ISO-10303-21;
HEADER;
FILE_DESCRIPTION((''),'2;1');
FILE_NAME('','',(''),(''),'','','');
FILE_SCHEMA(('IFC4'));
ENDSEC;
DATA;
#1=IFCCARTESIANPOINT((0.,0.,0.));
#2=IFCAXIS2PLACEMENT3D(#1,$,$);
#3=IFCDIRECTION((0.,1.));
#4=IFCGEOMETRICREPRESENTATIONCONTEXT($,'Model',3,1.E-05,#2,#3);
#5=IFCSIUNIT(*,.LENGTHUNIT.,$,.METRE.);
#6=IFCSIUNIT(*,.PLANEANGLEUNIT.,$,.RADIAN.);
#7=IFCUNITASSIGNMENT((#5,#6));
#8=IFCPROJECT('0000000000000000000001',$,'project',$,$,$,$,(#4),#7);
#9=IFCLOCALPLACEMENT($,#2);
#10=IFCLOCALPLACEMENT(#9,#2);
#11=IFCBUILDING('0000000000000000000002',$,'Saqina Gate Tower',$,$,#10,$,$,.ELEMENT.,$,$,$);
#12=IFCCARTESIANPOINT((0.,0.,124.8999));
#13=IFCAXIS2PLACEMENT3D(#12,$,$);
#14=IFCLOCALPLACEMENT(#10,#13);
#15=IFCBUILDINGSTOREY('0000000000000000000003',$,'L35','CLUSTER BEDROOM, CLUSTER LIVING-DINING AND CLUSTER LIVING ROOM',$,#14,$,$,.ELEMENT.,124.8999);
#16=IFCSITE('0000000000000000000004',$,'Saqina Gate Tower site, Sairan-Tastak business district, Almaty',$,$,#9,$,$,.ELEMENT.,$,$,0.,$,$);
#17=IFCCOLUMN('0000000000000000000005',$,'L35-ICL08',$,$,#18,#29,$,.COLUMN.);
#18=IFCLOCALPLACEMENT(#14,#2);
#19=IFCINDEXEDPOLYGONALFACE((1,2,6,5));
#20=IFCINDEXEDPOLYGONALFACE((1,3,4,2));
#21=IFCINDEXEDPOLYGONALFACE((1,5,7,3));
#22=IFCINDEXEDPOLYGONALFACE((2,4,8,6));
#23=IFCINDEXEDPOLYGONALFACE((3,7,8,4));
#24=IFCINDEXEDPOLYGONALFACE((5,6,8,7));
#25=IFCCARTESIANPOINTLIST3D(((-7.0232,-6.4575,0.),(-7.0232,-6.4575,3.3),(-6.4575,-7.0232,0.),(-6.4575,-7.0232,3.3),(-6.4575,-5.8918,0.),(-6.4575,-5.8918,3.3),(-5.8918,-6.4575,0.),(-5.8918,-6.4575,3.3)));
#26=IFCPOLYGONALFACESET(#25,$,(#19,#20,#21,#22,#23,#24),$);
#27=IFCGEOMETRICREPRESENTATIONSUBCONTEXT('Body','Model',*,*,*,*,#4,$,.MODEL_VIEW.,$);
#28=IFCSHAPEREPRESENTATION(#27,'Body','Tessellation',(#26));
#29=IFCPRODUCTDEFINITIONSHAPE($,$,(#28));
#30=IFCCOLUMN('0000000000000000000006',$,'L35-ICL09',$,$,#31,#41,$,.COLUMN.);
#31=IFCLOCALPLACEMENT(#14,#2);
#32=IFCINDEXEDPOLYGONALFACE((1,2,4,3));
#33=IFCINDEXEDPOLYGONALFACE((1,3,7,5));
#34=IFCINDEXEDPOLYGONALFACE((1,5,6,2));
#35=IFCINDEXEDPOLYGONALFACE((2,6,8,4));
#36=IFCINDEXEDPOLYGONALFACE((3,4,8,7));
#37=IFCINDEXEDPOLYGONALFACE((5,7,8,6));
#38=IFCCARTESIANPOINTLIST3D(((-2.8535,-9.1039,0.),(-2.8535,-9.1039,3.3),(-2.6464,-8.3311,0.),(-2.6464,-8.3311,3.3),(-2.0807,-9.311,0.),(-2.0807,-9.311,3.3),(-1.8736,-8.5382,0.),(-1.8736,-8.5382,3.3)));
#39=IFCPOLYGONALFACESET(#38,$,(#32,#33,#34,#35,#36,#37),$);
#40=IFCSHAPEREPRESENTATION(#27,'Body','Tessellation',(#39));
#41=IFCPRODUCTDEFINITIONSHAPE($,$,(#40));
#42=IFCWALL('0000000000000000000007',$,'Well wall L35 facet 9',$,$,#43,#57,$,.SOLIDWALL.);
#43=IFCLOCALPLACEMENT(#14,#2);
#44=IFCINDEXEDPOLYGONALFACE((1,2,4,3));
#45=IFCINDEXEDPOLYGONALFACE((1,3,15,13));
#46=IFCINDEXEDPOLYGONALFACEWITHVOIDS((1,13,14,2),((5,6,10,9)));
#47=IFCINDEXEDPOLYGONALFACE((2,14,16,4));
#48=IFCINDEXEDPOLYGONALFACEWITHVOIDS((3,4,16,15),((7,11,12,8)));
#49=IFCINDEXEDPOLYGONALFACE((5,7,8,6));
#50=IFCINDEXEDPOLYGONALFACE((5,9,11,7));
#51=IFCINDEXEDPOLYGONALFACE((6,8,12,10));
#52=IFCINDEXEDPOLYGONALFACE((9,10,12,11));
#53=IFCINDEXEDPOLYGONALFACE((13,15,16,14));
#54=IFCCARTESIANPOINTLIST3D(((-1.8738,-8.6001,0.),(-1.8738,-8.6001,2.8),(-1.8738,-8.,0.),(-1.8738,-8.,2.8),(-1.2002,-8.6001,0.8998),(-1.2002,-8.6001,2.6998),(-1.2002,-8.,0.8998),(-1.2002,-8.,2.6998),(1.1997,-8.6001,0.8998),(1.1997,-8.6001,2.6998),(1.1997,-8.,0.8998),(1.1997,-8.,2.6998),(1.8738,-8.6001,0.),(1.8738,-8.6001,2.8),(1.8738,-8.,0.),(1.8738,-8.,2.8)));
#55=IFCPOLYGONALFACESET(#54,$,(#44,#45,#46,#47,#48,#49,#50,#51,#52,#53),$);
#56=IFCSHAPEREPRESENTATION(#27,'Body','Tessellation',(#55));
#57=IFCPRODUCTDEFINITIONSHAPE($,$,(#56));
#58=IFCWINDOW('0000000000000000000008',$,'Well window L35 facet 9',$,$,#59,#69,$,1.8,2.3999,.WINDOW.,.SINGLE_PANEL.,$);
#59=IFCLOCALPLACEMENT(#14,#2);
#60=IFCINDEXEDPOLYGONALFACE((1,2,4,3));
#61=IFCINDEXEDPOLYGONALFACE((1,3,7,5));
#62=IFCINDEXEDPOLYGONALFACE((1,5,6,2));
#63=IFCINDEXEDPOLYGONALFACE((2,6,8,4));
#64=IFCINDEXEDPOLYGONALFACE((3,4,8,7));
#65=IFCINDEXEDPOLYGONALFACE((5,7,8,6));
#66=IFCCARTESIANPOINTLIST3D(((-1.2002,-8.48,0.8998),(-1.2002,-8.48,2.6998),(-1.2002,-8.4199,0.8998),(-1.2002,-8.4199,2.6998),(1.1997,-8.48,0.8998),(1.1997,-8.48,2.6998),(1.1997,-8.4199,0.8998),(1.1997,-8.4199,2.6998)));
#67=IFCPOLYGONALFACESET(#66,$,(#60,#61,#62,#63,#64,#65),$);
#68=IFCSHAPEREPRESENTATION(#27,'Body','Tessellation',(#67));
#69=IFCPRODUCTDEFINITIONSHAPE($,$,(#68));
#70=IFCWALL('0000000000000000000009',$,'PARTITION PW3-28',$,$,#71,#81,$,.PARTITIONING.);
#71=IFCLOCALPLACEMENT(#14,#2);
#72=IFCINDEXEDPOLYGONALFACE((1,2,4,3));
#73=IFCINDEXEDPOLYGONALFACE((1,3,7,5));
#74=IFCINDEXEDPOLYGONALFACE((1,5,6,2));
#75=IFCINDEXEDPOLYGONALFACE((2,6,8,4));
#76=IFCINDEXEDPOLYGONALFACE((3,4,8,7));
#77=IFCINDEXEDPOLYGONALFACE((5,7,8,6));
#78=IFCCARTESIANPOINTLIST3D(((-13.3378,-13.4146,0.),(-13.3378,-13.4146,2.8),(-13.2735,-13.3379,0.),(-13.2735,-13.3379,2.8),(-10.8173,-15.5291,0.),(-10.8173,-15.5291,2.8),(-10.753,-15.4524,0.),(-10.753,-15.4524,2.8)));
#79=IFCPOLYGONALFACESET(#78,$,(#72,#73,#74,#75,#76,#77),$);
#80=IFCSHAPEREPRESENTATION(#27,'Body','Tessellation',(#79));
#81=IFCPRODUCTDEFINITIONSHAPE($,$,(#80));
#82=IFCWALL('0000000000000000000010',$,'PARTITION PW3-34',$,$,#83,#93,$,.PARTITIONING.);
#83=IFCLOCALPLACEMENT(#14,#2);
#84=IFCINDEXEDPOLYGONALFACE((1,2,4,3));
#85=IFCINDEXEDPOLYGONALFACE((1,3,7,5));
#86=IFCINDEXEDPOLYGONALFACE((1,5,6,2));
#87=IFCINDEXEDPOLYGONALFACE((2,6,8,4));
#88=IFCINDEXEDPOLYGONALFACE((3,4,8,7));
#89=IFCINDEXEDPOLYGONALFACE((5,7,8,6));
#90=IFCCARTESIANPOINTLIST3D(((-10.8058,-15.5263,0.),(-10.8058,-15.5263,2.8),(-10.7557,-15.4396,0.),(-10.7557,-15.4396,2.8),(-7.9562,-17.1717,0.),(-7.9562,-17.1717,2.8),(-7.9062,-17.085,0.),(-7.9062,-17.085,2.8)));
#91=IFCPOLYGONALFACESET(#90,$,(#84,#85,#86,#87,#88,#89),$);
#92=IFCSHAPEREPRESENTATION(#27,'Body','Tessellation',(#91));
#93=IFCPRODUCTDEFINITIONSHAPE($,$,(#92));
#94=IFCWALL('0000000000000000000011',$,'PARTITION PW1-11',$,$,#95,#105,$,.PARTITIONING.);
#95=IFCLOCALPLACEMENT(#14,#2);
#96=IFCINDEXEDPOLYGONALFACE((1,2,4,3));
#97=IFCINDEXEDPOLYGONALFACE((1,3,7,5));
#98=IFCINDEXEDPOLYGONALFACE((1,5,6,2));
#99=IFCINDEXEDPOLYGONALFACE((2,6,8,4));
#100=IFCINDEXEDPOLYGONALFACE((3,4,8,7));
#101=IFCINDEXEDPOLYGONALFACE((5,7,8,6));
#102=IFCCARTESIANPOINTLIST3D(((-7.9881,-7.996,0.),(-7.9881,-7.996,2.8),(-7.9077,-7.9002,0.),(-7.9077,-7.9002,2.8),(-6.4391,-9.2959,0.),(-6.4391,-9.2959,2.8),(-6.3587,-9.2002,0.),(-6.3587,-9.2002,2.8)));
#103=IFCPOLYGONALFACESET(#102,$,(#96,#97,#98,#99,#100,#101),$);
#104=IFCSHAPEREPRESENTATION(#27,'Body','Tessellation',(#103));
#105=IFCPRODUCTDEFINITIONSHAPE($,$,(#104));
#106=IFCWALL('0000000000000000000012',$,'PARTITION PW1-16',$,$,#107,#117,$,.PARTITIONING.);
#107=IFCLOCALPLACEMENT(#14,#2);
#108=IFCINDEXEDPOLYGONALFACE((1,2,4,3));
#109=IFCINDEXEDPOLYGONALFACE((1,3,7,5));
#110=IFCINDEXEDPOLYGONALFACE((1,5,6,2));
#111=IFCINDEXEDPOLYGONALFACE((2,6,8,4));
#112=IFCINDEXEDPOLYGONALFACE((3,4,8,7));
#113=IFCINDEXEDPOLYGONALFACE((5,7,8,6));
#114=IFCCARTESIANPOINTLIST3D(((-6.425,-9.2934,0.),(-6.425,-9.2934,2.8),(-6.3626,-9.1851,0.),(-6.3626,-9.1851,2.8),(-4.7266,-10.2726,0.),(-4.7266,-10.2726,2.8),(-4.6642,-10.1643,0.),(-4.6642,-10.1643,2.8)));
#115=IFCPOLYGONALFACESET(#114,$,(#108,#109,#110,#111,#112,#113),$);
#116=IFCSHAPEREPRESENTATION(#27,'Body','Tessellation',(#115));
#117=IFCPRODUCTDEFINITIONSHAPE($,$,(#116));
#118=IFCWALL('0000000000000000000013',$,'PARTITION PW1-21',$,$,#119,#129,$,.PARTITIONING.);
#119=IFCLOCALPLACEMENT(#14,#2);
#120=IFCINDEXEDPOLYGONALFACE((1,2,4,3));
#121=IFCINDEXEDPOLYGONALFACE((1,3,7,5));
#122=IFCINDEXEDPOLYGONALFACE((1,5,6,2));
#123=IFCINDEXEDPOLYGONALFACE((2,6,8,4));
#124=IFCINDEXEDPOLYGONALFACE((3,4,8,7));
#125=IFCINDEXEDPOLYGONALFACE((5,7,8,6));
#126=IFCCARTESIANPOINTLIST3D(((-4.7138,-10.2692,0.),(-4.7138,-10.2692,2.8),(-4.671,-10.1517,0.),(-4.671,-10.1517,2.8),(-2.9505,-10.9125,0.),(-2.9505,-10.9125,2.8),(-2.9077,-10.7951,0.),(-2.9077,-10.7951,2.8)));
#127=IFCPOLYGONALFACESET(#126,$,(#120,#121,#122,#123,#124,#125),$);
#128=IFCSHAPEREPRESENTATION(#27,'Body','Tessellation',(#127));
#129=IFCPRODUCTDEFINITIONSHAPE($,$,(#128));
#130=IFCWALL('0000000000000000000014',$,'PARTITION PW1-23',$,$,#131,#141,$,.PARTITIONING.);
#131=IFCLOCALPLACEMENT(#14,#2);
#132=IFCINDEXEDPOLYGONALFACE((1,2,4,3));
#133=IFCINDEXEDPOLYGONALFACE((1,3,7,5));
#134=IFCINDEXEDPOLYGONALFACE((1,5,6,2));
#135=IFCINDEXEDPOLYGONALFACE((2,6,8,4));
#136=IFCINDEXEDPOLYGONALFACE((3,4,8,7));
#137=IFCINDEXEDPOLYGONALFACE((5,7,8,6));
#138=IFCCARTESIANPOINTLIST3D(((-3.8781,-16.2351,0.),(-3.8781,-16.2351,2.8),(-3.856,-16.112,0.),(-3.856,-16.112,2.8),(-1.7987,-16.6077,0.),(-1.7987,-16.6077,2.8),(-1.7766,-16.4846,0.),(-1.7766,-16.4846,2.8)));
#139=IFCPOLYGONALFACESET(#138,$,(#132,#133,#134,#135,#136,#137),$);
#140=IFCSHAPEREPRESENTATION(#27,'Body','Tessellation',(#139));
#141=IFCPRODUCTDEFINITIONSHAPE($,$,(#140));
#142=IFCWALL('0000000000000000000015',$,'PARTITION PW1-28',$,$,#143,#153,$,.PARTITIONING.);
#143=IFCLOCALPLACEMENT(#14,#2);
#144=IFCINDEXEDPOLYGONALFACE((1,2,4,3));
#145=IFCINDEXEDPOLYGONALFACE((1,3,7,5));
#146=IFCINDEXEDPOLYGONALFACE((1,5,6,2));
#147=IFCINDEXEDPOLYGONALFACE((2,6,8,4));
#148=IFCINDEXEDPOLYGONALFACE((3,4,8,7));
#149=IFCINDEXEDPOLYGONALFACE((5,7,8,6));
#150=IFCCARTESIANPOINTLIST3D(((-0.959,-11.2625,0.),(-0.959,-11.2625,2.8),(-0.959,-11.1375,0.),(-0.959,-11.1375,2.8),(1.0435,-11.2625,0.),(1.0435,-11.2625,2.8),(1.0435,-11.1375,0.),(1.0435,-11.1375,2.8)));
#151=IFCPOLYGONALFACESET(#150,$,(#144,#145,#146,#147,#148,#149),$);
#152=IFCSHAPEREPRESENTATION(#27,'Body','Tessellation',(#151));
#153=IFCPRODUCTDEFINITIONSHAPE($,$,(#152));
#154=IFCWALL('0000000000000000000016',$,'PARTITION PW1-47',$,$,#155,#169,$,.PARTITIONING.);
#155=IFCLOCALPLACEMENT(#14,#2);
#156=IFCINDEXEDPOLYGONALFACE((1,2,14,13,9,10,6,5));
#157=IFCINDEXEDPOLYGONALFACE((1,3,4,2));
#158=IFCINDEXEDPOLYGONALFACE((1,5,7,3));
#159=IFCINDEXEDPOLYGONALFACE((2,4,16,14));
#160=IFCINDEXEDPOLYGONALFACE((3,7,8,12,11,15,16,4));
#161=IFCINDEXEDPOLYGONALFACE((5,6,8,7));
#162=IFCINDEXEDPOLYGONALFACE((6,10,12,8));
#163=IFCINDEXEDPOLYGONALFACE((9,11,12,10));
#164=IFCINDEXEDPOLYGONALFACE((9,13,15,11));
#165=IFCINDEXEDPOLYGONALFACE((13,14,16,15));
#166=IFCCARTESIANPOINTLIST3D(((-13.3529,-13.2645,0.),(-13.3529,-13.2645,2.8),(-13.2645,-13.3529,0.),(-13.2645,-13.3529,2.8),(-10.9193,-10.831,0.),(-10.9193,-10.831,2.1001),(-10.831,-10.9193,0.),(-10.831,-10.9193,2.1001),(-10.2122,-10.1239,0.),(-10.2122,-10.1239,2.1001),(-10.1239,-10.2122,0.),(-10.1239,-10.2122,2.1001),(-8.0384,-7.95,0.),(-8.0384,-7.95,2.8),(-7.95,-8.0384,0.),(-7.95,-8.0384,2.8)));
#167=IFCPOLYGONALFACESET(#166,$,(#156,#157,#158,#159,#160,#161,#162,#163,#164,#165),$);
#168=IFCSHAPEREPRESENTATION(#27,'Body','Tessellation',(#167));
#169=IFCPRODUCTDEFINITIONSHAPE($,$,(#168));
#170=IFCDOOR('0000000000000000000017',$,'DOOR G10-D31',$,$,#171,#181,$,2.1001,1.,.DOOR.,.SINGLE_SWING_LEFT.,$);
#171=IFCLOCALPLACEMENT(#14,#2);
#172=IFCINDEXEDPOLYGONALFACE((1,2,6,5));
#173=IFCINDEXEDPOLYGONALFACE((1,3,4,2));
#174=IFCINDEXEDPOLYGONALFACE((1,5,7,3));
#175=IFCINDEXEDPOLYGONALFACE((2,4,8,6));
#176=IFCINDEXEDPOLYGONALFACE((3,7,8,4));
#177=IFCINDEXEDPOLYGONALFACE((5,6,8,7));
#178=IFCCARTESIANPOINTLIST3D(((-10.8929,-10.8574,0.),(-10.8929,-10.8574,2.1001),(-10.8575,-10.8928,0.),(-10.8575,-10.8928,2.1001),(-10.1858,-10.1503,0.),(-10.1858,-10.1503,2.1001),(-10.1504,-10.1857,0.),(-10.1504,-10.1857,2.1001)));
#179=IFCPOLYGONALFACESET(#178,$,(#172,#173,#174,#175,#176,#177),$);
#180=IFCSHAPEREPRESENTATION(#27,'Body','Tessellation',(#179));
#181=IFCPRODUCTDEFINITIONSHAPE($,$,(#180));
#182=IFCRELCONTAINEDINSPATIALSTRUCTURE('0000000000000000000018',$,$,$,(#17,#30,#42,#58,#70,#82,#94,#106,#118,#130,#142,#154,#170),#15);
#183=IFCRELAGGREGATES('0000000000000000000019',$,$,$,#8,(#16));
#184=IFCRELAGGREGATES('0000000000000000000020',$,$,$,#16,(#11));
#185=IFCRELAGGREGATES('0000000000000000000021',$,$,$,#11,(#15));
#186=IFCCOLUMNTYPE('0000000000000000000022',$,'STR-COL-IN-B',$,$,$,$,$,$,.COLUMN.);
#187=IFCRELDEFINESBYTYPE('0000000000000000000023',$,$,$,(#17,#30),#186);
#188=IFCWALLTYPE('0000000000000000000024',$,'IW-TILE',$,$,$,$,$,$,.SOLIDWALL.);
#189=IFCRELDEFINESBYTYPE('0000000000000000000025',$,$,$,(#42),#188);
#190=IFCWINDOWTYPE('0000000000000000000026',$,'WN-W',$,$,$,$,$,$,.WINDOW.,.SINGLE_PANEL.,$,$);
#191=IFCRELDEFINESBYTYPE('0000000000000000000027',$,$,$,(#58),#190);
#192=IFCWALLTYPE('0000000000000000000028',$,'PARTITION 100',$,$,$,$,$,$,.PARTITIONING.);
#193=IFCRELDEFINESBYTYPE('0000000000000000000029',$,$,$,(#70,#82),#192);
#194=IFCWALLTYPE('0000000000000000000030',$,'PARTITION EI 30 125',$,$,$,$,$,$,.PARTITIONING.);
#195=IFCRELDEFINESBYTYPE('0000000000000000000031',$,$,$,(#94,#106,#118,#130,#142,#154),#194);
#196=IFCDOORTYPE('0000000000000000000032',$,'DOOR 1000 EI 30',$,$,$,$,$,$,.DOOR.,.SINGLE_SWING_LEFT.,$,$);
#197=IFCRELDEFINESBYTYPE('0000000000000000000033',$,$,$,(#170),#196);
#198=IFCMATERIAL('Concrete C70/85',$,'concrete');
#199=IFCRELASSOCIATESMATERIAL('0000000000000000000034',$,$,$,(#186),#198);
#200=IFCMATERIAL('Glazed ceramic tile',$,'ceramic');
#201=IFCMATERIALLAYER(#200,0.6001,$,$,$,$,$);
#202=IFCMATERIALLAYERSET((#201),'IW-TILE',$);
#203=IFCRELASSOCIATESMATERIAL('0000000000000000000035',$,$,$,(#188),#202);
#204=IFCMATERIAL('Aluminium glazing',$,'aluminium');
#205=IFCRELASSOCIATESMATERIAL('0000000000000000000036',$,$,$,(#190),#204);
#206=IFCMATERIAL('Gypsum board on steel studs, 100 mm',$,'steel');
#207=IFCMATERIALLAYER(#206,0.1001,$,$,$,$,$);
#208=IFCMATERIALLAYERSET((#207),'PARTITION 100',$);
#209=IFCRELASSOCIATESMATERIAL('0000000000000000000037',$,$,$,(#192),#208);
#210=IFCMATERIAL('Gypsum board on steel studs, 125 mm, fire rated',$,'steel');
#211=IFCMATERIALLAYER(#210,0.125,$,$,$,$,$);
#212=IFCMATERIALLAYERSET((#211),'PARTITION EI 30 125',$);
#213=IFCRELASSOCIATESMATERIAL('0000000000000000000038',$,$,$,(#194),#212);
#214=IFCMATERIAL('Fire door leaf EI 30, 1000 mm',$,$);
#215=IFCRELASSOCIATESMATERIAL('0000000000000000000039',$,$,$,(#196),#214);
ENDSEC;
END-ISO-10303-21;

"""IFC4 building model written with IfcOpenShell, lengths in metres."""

from ifc_helpers import new_model, si_unit, direction, frame, frame_2d, origin, origin_2d, place, context, subcontext, project, spatial, rectangle, extrude, material, layer, layer_set, material_profile, profile_set, type_object, element, fill, save


model = new_model("IFC4")

# Units and contexts
model_context = context("Model", 3, precision=1e-05, world=origin(), true_north=direction((0.0, 1.0)))
body_context = subcontext(model_context, "Body", "Model", "MODEL_VIEW")
ifc_project = project(units=[si_unit("LENGTHUNIT", "METRE"), si_unit("PLANEANGLEUNIT", "RADIAN")], contexts=[model_context])

# Site, building, storey
site_placement = place(None, origin())
site = spatial("IfcSite", under=ifc_project, at=site_placement, Name="Saqina Gate Tower site, Sairan-Tastak business district, Almaty", CompositionType="ELEMENT", RefElevation=0.0)
building_placement = place(site_placement, origin())
building = spatial("IfcBuilding", under=site, at=building_placement, Name="Saqina Gate Tower", CompositionType="ELEMENT")
storey_placement = place(building_placement, frame((0.0, 0.0, 124.8999)))
storey = spatial("IfcBuildingStorey", under=building, at=storey_placement, Name="L35", Description="CLUSTER BEDROOM, CLUSTER LIVING-DINING AND CLUSTER LIVING ROOM", CompositionType="ELEMENT", Elevation=124.8999)

# Columns
ifc_material_1 = material(Name="Concrete C70/85", Category="concrete")
ifc_material_profile = material_profile(ifc_material_1, rectangle(XDim=0.8, YDim=0.8, at=origin_2d()), Name="RC 800x800")
ifc_profile_set = profile_set([ifc_material_profile], Name="Concrete C70/85")
column_type = type_object("IfcColumnType", Name="STR-COL-IN-B", PredefinedType="COLUMN", material=ifc_profile_set)
for number, where, z_axis, x_axis, name in (
    (1, (-6.4575, -6.4575, 0.0), (0.0, 0.0, 1.0), (-0.707107, -0.707107, 0.0), "L35-ICL08"),
    (2, (-2.3635, -8.821, 0.0), (0.0, 0.0, 1.0), (-0.258819, -0.965926, 0.0), "L35-ICL09"),
):
    element("IfcColumn", number, at=place(storey_placement, frame(where, z_axis=z_axis, x_axis=x_axis)), inside=storey, type_object=column_type, Name=name, PredefinedType="COLUMN", context=body_context, shape_type="SweptSolid", body=[
        extrude(rectangle(XDim=0.8, YDim=0.8, at=origin_2d()), origin(), (0.0, 0.0, 1.0), 3.3),
    ])

# Wall, opening, window
ifc_material_2 = material(Name="Glazed ceramic tile", Category="ceramic")
ifc_layer_1 = layer(ifc_material_2, 0.6001)
ifc_layer_set_1 = layer_set([ifc_layer_1], Name="IW-TILE")
wall_type_1 = type_object("IfcWallType", Name="IW-TILE", PredefinedType="SOLIDWALL", material=ifc_layer_set_1)
wall_1_placement = place(storey_placement, frame((-1.8738, -8.3, 0.0), z_axis=(0.0, 0.0, 1.0), x_axis=(1.0, 0.0, 0.0)))
wall_1 = element("IfcWall", 3, at=wall_1_placement, inside=storey, type_object=wall_type_1, Name="Well wall L35 facet 9", PredefinedType="SOLIDWALL", context=body_context, shape_type="SweptSolid", body=[
    extrude(rectangle(XDim=3.7476, YDim=0.6001, at=frame_2d((1.8738, 0.0))), origin(), (0.0, 0.0, 1.0), 2.8),
])
opening_1_placement = place(wall_1_placement, frame((0.6736, 0.0, 0.8999)))
opening_1 = element("IfcOpeningElement", 4, at=opening_1_placement, cuts=wall_1, PredefinedType="OPENING", context=body_context, shape_type="SweptSolid", body=[
    extrude(rectangle(XDim=2.3999, YDim=1.8, at=frame_2d((1.2, 0.8999))), frame((0.0, 0.312, 0.0), z_axis=(0.0, -1.0, 0.0), x_axis=(1.0, 0.0, 0.0)), (0.0, 0.0, 1.0), 0.624),
])
ifc_material_3 = material(Name="Aluminium glazing", Category="aluminium")
window_type = type_object("IfcWindowType", Name="WN-W", PartitioningType="SINGLE_PANEL", PredefinedType="WINDOW", material=ifc_material_3)
window_placement = place(opening_1_placement, origin())
window = element("IfcWindow", 5, at=window_placement, inside=storey, type_object=window_type, Name="Well window L35 facet 9", OverallHeight=1.8, OverallWidth=2.3999, PartitioningType="SINGLE_PANEL", PredefinedType="WINDOW", context=body_context, shape_type="SweptSolid", body=[
    extrude(rectangle(XDim=2.3999, YDim=1.8, at=frame_2d((1.2, 0.8999))), frame((0.0, -0.1199, 0.0), z_axis=(0.0, -1.0, 0.0), x_axis=(1.0, 0.0, 0.0)), (0.0, 0.0, 1.0), 0.0601),
])
fill(opening_1, window)

# Walls
ifc_material_4 = material(Name="Gypsum board on steel studs, 100 mm", Category="steel")
ifc_layer_2 = layer(ifc_material_4, 0.1001)
ifc_layer_set_2 = layer_set([ifc_layer_2], Name="PARTITION 100")
wall_type_2 = type_object("IfcWallType", Name="PARTITION 100", PredefinedType="PARTITIONING", material=ifc_layer_set_2)
wall_2_placement = place(storey_placement, frame((-13.3057, -13.3762, 0.0), z_axis=(0.0, 0.0, 1.0), x_axis=(0.766113, -0.642706, 0.0)))
element("IfcWall", 6, at=wall_2_placement, inside=storey, type_object=wall_type_2, Name="PARTITION PW3-28", PredefinedType="PARTITIONING", context=body_context, shape_type="SweptSolid", body=[
    extrude(rectangle(XDim=3.29, YDim=0.1001, at=frame_2d((1.645, 0.0))), origin(), (0.0, 0.0, 1.0), 2.8),
])
wall_3_placement = place(storey_placement, frame((-10.7808, -15.4829, 0.0), z_axis=(0.0, 0.0, 1.0), x_axis=(0.865988, -0.500065, 0.0)))
element("IfcWall", 7, at=wall_3_placement, inside=storey, type_object=wall_type_2, Name="PARTITION PW3-34", PredefinedType="PARTITIONING", context=body_context, shape_type="SweptSolid", body=[
    extrude(rectangle(XDim=3.2905, YDim=0.1001, at=frame_2d((1.6453, 0.0))), origin(), (0.0, 0.0, 1.0), 2.8),
])
ifc_material_5 = material(Name="Gypsum board on steel studs, 125 mm, fire rated", Category="steel")
ifc_layer_3 = layer(ifc_material_5, 0.125)
ifc_layer_set_3 = layer_set([ifc_layer_3], Name="PARTITION EI 30 125")
wall_type_3 = type_object("IfcWallType", Name="PARTITION EI 30 125", PredefinedType="PARTITIONING", material=ifc_layer_set_3)
wall_4_placement = place(storey_placement, frame((-7.948, -7.948, 0.0), z_axis=(0.0, 0.0, 1.0), x_axis=(0.76599, -0.642852, 0.0)))
element("IfcWall", 8, at=wall_4_placement, inside=storey, type_object=wall_type_3, Name="PARTITION PW1-11", PredefinedType="PARTITIONING", context=body_context, shape_type="SweptSolid", body=[
    extrude(rectangle(XDim=2.0222, YDim=0.125, at=frame_2d((1.0112, 0.0))), origin(), (0.0, 0.0, 1.0), 2.8),
])
wall_5_placement = place(storey_placement, frame((-6.3938, -9.2393, 0.0), z_axis=(0.0, 0.0, 1.0), x_axis=(0.866329, -0.499474, 0.0)))
element("IfcWall", 9, at=wall_5_placement, inside=storey, type_object=wall_type_3, Name="PARTITION PW1-16", PredefinedType="PARTITIONING", context=body_context, shape_type="SweptSolid", body=[
    extrude(rectangle(XDim=1.9604, YDim=0.125, at=frame_2d((0.9802, 0.0))), origin(), (0.0, 0.0, 1.0), 2.8),
])
wall_6_placement = place(storey_placement, frame((-4.6924, -10.2104, 0.0), z_axis=(0.0, 0.0, 1.0), x_axis=(0.939424, -0.342756, 0.0)))
element("IfcWall", 10, at=wall_6_placement, inside=storey, type_object=wall_type_3, Name="PARTITION PW1-21", PredefinedType="PARTITIONING", context=body_context, shape_type="SweptSolid", body=[
    extrude(rectangle(XDim=1.877, YDim=0.125, at=frame_2d((0.9385, 0.0))), origin(), (0.0, 0.0, 1.0), 2.8),
])
wall_7_placement = place(storey_placement, frame((-3.8669, -16.1736, 0.0), z_axis=(0.0, 0.0, 1.0), x_axis=(0.984325, -0.176363, 0.0)))
element("IfcWall", 11, at=wall_7_placement, inside=storey, type_object=wall_type_3, Name="PARTITION PW1-23", PredefinedType="PARTITIONING", context=body_context, shape_type="SweptSolid", body=[
    extrude(rectangle(XDim=2.1125, YDim=0.125, at=frame_2d((1.0562, 0.0))), origin(), (0.0, 0.0, 1.0), 2.8),
])
wall_8_placement = place(storey_placement, frame((-0.959, -11.2, 0.0), z_axis=(0.0, 0.0, 1.0), x_axis=(1.0, 0.0, 0.0)))
element("IfcWall", 12, at=wall_8_placement, inside=storey, type_object=wall_type_3, Name="PARTITION PW1-28", PredefinedType="PARTITIONING", context=body_context, shape_type="SweptSolid", body=[
    extrude(rectangle(XDim=2.0024, YDim=0.125, at=frame_2d((1.0012, 0.0))), origin(), (0.0, 0.0, 1.0), 2.8),
])

# Wall, opening, door
wall_9_placement = place(storey_placement, frame((-13.3086, -13.3086, 0.0), z_axis=(0.0, 0.0, 1.0), x_axis=(0.707107, 0.707107, 0.0)))
wall_9 = element("IfcWall", 13, at=wall_9_placement, inside=storey, type_object=wall_type_3, Name="PARTITION PW1-47", PredefinedType="PARTITIONING", context=body_context, shape_type="SweptSolid", body=[
    extrude(rectangle(XDim=7.5159, YDim=0.125, at=frame_2d((3.7578, 0.0))), origin(), (0.0, 0.0, 1.0), 2.8),
])
opening_2_placement = place(wall_9_placement, frame((3.4414, 0.0, 0.0)))
opening_2 = element("IfcOpeningElement", 14, at=opening_2_placement, cuts=wall_9, PredefinedType="OPENING", context=body_context, shape_type="SweptSolid", body=[
    extrude(rectangle(XDim=1.0, YDim=2.1001, at=frame_2d((0.5, 1.05))), frame((0.0, 0.0745, 0.0), z_axis=(0.0, -1.0, 0.0), x_axis=(1.0, 0.0, 0.0)), (0.0, 0.0, 1.0), 0.1489),
])
ifc_material_6 = material(Name="Fire door leaf EI 30, 1000 mm")
door_type = type_object("IfcDoorType", Name="DOOR 1000 EI 30", OperationType="SINGLE_SWING_LEFT", PredefinedType="DOOR", material=ifc_material_6)
door_placement = place(opening_2_placement, frame((1.0, 0.0, 0.0), z_axis=(0.0, 0.0, 1.0), x_axis=(-1.0, 0.0, 0.0)))
door = element("IfcDoor", 15, at=door_placement, inside=storey, type_object=door_type, Name="DOOR G10-D31", OperationType="SINGLE_SWING_LEFT", OverallHeight=2.1001, OverallWidth=1.0, PredefinedType="DOOR", context=body_context, shape_type="SweptSolid", body=[
    extrude(rectangle(XDim=1.0, YDim=2.1001, at=frame_2d((0.5, 1.05))), frame((0.0, 0.0249, 0.0), z_axis=(0.0, -1.0, 0.0), x_axis=(1.0, 0.0, 0.0)), (0.0, 0.0, 1.0), 0.05),
])
fill(opening_2, door)

save(model, "model.ifc")
